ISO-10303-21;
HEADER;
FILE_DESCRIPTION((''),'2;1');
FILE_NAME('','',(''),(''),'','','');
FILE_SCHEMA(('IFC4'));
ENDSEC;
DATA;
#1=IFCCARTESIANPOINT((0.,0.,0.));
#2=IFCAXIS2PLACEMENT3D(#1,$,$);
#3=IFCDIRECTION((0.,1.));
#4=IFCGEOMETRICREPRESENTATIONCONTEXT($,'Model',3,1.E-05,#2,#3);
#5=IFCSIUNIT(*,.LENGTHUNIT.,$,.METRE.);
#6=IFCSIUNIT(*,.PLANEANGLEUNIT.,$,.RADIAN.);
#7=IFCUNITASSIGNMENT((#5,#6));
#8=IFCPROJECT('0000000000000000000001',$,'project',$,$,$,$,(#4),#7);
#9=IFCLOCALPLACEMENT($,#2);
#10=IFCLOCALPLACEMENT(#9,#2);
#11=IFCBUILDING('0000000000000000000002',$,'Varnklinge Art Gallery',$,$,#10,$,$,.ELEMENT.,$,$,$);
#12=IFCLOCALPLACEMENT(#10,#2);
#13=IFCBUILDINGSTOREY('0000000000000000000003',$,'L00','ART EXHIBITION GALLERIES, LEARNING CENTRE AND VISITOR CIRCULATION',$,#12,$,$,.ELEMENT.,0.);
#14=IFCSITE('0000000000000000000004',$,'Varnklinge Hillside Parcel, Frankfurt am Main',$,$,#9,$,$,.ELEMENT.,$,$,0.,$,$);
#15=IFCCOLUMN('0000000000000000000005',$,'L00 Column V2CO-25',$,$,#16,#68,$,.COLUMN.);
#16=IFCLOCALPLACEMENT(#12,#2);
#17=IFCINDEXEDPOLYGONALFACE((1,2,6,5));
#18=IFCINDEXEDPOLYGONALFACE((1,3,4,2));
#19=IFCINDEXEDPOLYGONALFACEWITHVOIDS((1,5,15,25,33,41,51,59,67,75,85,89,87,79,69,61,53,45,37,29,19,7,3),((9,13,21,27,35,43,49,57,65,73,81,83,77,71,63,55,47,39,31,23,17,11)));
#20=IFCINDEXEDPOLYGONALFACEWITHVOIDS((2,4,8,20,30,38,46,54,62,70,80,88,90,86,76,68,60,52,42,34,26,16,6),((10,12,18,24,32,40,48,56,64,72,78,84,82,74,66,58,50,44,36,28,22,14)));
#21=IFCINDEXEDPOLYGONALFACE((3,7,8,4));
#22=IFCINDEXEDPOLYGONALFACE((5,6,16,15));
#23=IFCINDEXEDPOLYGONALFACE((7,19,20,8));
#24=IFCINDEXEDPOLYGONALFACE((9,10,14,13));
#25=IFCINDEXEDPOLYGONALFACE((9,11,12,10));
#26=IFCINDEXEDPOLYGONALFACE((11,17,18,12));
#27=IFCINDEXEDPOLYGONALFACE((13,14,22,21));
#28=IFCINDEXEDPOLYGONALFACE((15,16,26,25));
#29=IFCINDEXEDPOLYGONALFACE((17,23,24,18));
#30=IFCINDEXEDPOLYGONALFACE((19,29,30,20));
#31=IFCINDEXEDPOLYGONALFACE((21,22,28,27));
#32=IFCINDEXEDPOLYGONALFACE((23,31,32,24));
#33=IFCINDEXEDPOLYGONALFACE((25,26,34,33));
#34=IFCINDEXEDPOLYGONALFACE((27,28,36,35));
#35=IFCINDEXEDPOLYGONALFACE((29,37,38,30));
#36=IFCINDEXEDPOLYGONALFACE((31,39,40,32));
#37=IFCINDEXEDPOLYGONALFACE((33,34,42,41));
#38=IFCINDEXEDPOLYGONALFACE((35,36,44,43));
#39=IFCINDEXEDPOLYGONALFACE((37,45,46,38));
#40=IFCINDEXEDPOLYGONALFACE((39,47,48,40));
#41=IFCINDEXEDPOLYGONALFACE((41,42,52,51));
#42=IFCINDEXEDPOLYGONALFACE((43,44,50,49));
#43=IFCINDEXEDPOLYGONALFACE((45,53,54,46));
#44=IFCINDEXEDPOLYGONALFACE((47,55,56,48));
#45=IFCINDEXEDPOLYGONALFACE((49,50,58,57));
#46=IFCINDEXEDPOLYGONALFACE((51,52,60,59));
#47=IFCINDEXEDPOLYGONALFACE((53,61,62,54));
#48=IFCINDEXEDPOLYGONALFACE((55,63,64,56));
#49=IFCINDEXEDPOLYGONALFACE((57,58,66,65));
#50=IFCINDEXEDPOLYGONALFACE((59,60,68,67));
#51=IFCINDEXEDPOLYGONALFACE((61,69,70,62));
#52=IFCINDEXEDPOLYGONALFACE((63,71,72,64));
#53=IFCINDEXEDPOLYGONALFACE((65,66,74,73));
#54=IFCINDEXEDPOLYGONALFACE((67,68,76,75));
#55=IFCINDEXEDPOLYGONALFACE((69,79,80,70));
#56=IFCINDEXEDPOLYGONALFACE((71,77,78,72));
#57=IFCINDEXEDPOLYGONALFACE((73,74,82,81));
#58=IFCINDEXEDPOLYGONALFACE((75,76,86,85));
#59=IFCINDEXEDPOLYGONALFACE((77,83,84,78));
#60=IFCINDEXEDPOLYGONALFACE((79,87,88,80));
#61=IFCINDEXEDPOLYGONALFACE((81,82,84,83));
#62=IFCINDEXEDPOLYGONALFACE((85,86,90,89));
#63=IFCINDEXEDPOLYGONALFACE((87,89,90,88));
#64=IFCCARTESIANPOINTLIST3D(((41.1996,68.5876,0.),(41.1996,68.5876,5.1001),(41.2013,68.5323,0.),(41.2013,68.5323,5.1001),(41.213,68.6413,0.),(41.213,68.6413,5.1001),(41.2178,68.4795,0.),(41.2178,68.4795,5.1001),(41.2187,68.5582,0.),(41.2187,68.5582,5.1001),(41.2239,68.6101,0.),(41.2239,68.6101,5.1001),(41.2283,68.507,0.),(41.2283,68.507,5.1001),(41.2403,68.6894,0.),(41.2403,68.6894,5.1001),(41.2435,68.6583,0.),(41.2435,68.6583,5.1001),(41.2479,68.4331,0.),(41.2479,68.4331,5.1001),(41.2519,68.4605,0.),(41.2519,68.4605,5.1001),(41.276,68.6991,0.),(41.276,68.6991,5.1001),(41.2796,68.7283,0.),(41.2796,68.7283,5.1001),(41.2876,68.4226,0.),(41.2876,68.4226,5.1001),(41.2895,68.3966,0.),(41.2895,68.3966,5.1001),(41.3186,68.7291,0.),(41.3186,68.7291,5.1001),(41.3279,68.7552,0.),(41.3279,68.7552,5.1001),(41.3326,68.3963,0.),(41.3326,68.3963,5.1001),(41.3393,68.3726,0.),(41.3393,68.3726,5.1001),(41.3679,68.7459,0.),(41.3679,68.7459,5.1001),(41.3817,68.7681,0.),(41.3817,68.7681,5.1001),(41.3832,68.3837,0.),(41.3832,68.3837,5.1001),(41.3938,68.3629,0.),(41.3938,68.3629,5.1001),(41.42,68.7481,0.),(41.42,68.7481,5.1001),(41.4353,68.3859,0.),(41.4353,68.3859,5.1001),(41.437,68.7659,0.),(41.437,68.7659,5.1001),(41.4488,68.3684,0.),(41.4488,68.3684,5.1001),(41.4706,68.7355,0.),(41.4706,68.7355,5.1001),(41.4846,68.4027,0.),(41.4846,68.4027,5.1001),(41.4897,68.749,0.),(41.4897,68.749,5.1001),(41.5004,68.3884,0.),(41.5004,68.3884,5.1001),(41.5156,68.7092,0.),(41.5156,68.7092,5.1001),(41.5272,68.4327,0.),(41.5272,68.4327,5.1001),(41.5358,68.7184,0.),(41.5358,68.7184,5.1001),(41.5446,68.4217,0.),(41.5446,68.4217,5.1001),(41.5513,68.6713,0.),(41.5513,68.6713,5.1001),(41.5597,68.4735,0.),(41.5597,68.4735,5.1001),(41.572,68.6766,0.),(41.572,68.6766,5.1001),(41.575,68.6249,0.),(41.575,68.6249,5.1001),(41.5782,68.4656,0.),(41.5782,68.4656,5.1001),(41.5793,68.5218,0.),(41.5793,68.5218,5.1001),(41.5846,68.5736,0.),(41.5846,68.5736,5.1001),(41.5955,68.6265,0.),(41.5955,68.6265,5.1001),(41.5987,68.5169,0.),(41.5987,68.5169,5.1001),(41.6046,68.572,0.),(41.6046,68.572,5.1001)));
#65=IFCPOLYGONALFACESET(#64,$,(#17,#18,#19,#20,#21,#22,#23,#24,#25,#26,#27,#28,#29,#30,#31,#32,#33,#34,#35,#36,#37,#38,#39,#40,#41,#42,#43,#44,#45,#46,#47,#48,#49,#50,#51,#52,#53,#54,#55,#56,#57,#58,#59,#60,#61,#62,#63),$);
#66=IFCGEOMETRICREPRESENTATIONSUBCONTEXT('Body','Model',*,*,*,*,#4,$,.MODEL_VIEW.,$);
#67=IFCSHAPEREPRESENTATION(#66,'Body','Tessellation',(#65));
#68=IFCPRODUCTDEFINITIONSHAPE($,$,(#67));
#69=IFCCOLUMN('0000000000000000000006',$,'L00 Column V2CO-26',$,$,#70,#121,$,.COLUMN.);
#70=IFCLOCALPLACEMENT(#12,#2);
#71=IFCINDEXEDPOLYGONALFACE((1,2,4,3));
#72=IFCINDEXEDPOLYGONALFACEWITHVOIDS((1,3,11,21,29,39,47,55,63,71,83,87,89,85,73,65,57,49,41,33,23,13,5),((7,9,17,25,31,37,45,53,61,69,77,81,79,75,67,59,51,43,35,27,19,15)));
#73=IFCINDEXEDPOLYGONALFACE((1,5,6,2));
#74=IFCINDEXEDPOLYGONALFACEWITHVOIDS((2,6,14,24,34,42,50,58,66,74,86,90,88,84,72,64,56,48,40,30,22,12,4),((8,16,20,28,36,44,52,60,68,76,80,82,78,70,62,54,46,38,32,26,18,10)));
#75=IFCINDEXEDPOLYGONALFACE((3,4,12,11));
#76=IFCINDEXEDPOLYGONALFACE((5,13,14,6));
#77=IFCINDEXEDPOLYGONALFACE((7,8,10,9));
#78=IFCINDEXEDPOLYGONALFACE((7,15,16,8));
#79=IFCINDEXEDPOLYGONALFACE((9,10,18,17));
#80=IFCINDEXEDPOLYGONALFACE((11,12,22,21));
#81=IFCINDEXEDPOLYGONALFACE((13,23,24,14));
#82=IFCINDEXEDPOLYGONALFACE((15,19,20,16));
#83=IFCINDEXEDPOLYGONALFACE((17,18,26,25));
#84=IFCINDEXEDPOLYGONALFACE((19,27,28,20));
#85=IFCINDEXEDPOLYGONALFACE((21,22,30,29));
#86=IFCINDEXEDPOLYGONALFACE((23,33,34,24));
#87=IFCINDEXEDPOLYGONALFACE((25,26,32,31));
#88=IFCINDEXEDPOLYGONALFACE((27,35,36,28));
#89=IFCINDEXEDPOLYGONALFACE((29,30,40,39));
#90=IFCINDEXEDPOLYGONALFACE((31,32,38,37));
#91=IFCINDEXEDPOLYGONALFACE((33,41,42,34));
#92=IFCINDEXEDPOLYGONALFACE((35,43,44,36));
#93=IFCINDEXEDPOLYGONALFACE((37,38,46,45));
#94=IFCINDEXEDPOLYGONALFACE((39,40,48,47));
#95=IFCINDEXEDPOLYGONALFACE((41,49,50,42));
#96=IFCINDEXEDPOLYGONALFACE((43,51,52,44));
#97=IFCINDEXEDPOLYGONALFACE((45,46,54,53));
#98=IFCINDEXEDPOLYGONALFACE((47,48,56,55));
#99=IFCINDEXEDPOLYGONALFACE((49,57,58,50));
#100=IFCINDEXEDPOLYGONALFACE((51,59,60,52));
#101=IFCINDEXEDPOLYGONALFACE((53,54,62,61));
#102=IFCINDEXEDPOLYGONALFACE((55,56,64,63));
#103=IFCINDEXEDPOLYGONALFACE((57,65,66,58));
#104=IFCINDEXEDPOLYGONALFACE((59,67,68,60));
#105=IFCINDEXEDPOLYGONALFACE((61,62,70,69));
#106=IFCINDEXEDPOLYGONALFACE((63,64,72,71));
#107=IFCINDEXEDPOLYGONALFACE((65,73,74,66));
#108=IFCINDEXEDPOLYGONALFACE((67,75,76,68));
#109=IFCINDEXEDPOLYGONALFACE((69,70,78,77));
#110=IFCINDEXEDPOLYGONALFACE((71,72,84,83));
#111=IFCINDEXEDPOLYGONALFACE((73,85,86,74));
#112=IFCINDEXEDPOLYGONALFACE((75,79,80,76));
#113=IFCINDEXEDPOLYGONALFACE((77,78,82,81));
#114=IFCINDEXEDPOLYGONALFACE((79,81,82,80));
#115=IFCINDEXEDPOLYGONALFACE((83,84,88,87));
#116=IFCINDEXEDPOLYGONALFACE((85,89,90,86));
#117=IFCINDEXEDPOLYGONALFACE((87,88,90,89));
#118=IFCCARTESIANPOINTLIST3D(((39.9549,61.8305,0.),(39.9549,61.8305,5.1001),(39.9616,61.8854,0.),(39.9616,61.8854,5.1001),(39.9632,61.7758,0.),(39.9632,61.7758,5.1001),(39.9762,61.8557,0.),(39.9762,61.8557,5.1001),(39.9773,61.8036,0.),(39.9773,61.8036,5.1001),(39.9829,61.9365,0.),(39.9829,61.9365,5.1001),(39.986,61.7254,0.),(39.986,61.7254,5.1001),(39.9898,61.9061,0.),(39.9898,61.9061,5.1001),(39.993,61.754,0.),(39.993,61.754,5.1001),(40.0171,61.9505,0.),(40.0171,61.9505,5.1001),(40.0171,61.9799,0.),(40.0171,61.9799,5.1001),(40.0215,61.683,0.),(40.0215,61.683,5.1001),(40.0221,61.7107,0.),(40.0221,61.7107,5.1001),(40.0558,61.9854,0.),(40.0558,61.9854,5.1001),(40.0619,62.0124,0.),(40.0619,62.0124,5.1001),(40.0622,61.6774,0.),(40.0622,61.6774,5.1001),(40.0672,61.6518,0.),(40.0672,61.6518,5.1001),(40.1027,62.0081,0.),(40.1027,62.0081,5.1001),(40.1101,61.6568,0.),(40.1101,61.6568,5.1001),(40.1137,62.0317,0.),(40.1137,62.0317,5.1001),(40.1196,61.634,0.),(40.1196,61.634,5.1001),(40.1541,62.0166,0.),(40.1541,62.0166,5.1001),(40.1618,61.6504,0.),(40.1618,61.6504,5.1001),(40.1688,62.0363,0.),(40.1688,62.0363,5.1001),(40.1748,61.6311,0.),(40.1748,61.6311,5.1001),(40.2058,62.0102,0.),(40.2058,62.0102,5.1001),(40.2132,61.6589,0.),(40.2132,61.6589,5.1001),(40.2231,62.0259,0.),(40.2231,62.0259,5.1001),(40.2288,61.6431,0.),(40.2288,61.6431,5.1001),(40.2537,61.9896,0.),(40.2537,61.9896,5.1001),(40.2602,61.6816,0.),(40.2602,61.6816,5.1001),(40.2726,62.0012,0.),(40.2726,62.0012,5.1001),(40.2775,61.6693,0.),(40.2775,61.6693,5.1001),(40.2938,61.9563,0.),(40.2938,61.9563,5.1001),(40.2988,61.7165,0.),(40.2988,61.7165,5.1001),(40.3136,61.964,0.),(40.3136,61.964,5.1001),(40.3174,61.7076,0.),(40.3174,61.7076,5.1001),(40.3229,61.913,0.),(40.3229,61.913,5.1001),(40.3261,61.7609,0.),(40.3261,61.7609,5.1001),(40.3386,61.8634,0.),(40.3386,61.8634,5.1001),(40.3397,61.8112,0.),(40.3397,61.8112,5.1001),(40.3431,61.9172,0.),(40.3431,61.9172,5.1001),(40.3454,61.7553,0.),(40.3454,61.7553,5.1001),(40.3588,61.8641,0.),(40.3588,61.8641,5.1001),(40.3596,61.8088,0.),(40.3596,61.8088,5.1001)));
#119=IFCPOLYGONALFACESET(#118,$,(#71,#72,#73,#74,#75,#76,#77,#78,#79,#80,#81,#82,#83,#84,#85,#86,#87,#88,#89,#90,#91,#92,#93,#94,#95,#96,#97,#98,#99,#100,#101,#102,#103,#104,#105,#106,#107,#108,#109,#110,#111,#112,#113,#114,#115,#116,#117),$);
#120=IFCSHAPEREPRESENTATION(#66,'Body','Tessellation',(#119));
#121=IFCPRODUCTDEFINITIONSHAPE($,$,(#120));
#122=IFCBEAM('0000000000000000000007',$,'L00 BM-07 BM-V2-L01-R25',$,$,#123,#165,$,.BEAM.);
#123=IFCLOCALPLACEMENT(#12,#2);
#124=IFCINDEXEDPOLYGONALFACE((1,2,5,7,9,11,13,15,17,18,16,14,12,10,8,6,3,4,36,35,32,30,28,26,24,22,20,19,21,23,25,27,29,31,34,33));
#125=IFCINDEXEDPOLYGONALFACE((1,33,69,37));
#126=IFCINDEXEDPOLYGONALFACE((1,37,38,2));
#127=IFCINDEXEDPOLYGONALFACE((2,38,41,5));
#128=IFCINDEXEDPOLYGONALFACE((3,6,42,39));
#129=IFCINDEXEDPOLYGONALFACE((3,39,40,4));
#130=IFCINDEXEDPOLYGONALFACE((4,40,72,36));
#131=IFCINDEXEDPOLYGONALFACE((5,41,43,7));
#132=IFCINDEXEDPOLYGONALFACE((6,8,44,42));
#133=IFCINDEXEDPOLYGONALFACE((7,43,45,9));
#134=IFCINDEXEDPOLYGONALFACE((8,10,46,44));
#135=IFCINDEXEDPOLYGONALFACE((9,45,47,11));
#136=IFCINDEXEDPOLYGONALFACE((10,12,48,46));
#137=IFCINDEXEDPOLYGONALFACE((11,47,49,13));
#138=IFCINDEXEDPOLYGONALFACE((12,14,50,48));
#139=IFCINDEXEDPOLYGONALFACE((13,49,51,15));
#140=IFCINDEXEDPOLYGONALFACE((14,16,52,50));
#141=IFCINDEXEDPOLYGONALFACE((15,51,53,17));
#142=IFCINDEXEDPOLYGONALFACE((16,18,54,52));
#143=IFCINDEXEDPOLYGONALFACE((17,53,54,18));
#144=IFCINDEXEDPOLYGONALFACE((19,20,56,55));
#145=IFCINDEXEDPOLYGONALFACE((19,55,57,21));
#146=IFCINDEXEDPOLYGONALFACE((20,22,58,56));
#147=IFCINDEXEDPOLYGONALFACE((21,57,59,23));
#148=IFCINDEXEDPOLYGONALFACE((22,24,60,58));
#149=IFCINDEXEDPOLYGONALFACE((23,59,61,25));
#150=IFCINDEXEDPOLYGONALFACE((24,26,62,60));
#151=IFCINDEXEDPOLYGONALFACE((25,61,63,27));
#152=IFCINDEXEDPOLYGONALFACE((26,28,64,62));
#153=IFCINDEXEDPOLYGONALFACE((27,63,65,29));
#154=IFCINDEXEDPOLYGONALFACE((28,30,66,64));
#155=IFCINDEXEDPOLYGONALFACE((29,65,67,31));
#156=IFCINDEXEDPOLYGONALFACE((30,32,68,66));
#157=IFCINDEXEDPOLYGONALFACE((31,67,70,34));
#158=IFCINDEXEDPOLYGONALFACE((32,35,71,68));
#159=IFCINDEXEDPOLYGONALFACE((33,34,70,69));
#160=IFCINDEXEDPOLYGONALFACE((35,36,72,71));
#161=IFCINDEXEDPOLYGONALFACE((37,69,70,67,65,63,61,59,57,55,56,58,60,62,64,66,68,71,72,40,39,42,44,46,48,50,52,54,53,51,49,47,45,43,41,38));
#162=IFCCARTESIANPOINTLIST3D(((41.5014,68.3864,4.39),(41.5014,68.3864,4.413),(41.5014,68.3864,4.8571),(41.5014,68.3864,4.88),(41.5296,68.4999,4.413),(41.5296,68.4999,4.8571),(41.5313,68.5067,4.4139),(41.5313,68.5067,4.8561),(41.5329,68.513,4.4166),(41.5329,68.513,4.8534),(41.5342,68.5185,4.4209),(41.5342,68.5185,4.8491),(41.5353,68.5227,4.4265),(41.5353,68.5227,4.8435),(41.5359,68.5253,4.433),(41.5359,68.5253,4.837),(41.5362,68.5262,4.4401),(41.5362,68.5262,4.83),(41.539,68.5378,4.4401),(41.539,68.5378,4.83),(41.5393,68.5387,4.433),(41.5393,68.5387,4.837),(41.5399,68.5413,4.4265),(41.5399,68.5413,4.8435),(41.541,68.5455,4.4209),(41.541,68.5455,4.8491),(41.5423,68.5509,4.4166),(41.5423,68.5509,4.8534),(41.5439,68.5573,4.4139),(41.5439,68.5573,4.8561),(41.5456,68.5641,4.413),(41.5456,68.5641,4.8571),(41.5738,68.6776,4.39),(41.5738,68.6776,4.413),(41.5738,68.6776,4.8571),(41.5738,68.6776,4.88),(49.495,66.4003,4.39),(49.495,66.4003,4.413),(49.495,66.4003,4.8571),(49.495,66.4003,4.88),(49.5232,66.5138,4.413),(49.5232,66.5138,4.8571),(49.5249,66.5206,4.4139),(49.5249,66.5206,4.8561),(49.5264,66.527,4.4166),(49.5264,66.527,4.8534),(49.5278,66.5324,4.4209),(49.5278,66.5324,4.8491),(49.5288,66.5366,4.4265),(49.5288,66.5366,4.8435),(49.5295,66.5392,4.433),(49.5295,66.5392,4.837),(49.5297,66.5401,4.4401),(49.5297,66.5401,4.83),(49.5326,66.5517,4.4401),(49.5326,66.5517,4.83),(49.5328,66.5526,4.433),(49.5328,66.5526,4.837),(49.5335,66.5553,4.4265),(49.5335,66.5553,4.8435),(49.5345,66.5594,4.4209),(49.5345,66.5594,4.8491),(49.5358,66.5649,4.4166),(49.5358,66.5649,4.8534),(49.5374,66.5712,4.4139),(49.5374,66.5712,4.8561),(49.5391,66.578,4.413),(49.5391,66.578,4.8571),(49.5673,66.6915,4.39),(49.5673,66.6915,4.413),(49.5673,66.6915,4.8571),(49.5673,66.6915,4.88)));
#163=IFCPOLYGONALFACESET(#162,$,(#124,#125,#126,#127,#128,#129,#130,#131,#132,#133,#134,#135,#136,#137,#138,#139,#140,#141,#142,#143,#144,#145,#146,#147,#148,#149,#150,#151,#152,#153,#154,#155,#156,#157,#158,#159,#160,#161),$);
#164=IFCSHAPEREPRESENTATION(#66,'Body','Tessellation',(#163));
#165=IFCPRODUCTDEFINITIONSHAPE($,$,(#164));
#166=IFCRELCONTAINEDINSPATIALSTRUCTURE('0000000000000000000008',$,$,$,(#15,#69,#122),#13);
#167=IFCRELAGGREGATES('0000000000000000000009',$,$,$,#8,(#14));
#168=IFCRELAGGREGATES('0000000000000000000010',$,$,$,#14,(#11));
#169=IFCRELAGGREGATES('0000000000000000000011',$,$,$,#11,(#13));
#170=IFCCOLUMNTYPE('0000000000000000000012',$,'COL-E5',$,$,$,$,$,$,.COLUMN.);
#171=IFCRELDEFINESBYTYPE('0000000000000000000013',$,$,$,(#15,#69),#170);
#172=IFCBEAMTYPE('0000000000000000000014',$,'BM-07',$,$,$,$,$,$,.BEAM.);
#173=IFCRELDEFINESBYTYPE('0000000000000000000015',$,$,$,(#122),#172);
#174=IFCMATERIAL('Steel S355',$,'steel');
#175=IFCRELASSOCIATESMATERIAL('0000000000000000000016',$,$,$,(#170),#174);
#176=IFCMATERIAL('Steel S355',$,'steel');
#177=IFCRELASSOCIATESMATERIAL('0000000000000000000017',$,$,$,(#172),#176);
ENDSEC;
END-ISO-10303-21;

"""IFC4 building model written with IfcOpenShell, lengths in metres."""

from ifc_helpers import new_model, si_unit, direction, frame, origin, origin_2d, place, context, subcontext, project, spatial, hollow_circle, i_section, extrude, material, material_profile, profile_set, type_object, element, save


model = new_model("IFC4")

# Units and contexts
model_context = context("Model", 3, precision=1e-05, world=origin(), true_north=direction((0.0, 1.0)))
body_context = subcontext(model_context, "Body", "Model", "MODEL_VIEW")
ifc_project = project(units=[si_unit("LENGTHUNIT", "METRE"), si_unit("PLANEANGLEUNIT", "RADIAN")], contexts=[model_context])

# Site, building, storey
site_placement = place(None, origin())
site = spatial("IfcSite", under=ifc_project, at=site_placement, Name="Varnklinge Hillside Parcel, Frankfurt am Main", CompositionType="ELEMENT", RefElevation=0.0)
building_placement = place(site_placement, origin())
building = spatial("IfcBuilding", under=site, at=building_placement, Name="Varnklinge Art Gallery", CompositionType="ELEMENT")
storey_placement = place(building_placement, origin())
storey = spatial("IfcBuildingStorey", under=building, at=storey_placement, Name="L00", Description="ART EXHIBITION GALLERIES, LEARNING CENTRE AND VISITOR CIRCULATION", CompositionType="ELEMENT", Elevation=0.0)

# Columns
ifc_material_1 = material(Name="Steel S355", Category="steel")
ifc_material_profile_1 = material_profile(ifc_material_1, hollow_circle(Radius=0.2031, WallThickness=0.02, at=origin_2d()), Name="CHS 406.4x20")
ifc_profile_set_1 = profile_set([ifc_material_profile_1], Name="Steel S355")
column_type = type_object("IfcColumnType", Name="COL-E5", PredefinedType="COLUMN", material=ifc_profile_set_1)
for number, where, z_axis, x_axis, name in (
    (1, (41.4016, 68.5659, 0.0), (0.0, 0.0, 1.0), (0.970506, -0.241075, 0.0), "L00 Column V2CO-25"),
    (2, (40.158, 61.8335, 0.0), (0.0, 0.0, 1.0), (0.992589, -0.121523, 0.0), "L00 Column V2CO-26"),
):
    element("IfcColumn", number, at=place(storey_placement, frame(where, z_axis=z_axis, x_axis=x_axis)), inside=storey, type_object=column_type, Name=name, PredefinedType="COLUMN", context=body_context, shape_type="SweptSolid", body=[
        extrude(hollow_circle(Radius=0.2031, WallThickness=0.02, at=origin_2d()), origin(), (0.0, 0.0, 1.0), 5.1001),
    ])

# Beam
ifc_material_2 = material(Name="Steel S355", Category="steel")
ifc_material_profile_2 = material_profile(ifc_material_2, i_section(OverallWidth=0.3, OverallDepth=0.49, WebThickness=0.012, FlangeThickness=0.0229, FilletRadius=0.0271, at=origin_2d()), Name="HEA 500")
ifc_profile_set_2 = profile_set([ifc_material_profile_2], Name="Steel S355")
beam_type_1 = type_object("IfcBeamType", Name="BM-07", PredefinedType="BEAM", material=ifc_profile_set_2)
beam_1_placement = place(storey_placement, frame((41.5376, 68.532, 4.635), z_axis=(0.970494, -0.241127, 0.0), x_axis=(0.241127, 0.970494, 0.0)))
element("IfcBeam", 3, at=beam_1_placement, inside=storey, type_object=beam_type_1, Name="L00 BM-07 BM-V2-L01-R25", PredefinedType="BEAM", context=body_context, shape_type="SweptSolid", body=[
    extrude(i_section(OverallWidth=0.3, OverallDepth=0.49, WebThickness=0.012, FlangeThickness=0.0229, FilletRadius=0.0271, at=origin_2d()), origin(), (0.0, 0.0, 1.0), 8.2366),
])

save(model, "model.ifc")
